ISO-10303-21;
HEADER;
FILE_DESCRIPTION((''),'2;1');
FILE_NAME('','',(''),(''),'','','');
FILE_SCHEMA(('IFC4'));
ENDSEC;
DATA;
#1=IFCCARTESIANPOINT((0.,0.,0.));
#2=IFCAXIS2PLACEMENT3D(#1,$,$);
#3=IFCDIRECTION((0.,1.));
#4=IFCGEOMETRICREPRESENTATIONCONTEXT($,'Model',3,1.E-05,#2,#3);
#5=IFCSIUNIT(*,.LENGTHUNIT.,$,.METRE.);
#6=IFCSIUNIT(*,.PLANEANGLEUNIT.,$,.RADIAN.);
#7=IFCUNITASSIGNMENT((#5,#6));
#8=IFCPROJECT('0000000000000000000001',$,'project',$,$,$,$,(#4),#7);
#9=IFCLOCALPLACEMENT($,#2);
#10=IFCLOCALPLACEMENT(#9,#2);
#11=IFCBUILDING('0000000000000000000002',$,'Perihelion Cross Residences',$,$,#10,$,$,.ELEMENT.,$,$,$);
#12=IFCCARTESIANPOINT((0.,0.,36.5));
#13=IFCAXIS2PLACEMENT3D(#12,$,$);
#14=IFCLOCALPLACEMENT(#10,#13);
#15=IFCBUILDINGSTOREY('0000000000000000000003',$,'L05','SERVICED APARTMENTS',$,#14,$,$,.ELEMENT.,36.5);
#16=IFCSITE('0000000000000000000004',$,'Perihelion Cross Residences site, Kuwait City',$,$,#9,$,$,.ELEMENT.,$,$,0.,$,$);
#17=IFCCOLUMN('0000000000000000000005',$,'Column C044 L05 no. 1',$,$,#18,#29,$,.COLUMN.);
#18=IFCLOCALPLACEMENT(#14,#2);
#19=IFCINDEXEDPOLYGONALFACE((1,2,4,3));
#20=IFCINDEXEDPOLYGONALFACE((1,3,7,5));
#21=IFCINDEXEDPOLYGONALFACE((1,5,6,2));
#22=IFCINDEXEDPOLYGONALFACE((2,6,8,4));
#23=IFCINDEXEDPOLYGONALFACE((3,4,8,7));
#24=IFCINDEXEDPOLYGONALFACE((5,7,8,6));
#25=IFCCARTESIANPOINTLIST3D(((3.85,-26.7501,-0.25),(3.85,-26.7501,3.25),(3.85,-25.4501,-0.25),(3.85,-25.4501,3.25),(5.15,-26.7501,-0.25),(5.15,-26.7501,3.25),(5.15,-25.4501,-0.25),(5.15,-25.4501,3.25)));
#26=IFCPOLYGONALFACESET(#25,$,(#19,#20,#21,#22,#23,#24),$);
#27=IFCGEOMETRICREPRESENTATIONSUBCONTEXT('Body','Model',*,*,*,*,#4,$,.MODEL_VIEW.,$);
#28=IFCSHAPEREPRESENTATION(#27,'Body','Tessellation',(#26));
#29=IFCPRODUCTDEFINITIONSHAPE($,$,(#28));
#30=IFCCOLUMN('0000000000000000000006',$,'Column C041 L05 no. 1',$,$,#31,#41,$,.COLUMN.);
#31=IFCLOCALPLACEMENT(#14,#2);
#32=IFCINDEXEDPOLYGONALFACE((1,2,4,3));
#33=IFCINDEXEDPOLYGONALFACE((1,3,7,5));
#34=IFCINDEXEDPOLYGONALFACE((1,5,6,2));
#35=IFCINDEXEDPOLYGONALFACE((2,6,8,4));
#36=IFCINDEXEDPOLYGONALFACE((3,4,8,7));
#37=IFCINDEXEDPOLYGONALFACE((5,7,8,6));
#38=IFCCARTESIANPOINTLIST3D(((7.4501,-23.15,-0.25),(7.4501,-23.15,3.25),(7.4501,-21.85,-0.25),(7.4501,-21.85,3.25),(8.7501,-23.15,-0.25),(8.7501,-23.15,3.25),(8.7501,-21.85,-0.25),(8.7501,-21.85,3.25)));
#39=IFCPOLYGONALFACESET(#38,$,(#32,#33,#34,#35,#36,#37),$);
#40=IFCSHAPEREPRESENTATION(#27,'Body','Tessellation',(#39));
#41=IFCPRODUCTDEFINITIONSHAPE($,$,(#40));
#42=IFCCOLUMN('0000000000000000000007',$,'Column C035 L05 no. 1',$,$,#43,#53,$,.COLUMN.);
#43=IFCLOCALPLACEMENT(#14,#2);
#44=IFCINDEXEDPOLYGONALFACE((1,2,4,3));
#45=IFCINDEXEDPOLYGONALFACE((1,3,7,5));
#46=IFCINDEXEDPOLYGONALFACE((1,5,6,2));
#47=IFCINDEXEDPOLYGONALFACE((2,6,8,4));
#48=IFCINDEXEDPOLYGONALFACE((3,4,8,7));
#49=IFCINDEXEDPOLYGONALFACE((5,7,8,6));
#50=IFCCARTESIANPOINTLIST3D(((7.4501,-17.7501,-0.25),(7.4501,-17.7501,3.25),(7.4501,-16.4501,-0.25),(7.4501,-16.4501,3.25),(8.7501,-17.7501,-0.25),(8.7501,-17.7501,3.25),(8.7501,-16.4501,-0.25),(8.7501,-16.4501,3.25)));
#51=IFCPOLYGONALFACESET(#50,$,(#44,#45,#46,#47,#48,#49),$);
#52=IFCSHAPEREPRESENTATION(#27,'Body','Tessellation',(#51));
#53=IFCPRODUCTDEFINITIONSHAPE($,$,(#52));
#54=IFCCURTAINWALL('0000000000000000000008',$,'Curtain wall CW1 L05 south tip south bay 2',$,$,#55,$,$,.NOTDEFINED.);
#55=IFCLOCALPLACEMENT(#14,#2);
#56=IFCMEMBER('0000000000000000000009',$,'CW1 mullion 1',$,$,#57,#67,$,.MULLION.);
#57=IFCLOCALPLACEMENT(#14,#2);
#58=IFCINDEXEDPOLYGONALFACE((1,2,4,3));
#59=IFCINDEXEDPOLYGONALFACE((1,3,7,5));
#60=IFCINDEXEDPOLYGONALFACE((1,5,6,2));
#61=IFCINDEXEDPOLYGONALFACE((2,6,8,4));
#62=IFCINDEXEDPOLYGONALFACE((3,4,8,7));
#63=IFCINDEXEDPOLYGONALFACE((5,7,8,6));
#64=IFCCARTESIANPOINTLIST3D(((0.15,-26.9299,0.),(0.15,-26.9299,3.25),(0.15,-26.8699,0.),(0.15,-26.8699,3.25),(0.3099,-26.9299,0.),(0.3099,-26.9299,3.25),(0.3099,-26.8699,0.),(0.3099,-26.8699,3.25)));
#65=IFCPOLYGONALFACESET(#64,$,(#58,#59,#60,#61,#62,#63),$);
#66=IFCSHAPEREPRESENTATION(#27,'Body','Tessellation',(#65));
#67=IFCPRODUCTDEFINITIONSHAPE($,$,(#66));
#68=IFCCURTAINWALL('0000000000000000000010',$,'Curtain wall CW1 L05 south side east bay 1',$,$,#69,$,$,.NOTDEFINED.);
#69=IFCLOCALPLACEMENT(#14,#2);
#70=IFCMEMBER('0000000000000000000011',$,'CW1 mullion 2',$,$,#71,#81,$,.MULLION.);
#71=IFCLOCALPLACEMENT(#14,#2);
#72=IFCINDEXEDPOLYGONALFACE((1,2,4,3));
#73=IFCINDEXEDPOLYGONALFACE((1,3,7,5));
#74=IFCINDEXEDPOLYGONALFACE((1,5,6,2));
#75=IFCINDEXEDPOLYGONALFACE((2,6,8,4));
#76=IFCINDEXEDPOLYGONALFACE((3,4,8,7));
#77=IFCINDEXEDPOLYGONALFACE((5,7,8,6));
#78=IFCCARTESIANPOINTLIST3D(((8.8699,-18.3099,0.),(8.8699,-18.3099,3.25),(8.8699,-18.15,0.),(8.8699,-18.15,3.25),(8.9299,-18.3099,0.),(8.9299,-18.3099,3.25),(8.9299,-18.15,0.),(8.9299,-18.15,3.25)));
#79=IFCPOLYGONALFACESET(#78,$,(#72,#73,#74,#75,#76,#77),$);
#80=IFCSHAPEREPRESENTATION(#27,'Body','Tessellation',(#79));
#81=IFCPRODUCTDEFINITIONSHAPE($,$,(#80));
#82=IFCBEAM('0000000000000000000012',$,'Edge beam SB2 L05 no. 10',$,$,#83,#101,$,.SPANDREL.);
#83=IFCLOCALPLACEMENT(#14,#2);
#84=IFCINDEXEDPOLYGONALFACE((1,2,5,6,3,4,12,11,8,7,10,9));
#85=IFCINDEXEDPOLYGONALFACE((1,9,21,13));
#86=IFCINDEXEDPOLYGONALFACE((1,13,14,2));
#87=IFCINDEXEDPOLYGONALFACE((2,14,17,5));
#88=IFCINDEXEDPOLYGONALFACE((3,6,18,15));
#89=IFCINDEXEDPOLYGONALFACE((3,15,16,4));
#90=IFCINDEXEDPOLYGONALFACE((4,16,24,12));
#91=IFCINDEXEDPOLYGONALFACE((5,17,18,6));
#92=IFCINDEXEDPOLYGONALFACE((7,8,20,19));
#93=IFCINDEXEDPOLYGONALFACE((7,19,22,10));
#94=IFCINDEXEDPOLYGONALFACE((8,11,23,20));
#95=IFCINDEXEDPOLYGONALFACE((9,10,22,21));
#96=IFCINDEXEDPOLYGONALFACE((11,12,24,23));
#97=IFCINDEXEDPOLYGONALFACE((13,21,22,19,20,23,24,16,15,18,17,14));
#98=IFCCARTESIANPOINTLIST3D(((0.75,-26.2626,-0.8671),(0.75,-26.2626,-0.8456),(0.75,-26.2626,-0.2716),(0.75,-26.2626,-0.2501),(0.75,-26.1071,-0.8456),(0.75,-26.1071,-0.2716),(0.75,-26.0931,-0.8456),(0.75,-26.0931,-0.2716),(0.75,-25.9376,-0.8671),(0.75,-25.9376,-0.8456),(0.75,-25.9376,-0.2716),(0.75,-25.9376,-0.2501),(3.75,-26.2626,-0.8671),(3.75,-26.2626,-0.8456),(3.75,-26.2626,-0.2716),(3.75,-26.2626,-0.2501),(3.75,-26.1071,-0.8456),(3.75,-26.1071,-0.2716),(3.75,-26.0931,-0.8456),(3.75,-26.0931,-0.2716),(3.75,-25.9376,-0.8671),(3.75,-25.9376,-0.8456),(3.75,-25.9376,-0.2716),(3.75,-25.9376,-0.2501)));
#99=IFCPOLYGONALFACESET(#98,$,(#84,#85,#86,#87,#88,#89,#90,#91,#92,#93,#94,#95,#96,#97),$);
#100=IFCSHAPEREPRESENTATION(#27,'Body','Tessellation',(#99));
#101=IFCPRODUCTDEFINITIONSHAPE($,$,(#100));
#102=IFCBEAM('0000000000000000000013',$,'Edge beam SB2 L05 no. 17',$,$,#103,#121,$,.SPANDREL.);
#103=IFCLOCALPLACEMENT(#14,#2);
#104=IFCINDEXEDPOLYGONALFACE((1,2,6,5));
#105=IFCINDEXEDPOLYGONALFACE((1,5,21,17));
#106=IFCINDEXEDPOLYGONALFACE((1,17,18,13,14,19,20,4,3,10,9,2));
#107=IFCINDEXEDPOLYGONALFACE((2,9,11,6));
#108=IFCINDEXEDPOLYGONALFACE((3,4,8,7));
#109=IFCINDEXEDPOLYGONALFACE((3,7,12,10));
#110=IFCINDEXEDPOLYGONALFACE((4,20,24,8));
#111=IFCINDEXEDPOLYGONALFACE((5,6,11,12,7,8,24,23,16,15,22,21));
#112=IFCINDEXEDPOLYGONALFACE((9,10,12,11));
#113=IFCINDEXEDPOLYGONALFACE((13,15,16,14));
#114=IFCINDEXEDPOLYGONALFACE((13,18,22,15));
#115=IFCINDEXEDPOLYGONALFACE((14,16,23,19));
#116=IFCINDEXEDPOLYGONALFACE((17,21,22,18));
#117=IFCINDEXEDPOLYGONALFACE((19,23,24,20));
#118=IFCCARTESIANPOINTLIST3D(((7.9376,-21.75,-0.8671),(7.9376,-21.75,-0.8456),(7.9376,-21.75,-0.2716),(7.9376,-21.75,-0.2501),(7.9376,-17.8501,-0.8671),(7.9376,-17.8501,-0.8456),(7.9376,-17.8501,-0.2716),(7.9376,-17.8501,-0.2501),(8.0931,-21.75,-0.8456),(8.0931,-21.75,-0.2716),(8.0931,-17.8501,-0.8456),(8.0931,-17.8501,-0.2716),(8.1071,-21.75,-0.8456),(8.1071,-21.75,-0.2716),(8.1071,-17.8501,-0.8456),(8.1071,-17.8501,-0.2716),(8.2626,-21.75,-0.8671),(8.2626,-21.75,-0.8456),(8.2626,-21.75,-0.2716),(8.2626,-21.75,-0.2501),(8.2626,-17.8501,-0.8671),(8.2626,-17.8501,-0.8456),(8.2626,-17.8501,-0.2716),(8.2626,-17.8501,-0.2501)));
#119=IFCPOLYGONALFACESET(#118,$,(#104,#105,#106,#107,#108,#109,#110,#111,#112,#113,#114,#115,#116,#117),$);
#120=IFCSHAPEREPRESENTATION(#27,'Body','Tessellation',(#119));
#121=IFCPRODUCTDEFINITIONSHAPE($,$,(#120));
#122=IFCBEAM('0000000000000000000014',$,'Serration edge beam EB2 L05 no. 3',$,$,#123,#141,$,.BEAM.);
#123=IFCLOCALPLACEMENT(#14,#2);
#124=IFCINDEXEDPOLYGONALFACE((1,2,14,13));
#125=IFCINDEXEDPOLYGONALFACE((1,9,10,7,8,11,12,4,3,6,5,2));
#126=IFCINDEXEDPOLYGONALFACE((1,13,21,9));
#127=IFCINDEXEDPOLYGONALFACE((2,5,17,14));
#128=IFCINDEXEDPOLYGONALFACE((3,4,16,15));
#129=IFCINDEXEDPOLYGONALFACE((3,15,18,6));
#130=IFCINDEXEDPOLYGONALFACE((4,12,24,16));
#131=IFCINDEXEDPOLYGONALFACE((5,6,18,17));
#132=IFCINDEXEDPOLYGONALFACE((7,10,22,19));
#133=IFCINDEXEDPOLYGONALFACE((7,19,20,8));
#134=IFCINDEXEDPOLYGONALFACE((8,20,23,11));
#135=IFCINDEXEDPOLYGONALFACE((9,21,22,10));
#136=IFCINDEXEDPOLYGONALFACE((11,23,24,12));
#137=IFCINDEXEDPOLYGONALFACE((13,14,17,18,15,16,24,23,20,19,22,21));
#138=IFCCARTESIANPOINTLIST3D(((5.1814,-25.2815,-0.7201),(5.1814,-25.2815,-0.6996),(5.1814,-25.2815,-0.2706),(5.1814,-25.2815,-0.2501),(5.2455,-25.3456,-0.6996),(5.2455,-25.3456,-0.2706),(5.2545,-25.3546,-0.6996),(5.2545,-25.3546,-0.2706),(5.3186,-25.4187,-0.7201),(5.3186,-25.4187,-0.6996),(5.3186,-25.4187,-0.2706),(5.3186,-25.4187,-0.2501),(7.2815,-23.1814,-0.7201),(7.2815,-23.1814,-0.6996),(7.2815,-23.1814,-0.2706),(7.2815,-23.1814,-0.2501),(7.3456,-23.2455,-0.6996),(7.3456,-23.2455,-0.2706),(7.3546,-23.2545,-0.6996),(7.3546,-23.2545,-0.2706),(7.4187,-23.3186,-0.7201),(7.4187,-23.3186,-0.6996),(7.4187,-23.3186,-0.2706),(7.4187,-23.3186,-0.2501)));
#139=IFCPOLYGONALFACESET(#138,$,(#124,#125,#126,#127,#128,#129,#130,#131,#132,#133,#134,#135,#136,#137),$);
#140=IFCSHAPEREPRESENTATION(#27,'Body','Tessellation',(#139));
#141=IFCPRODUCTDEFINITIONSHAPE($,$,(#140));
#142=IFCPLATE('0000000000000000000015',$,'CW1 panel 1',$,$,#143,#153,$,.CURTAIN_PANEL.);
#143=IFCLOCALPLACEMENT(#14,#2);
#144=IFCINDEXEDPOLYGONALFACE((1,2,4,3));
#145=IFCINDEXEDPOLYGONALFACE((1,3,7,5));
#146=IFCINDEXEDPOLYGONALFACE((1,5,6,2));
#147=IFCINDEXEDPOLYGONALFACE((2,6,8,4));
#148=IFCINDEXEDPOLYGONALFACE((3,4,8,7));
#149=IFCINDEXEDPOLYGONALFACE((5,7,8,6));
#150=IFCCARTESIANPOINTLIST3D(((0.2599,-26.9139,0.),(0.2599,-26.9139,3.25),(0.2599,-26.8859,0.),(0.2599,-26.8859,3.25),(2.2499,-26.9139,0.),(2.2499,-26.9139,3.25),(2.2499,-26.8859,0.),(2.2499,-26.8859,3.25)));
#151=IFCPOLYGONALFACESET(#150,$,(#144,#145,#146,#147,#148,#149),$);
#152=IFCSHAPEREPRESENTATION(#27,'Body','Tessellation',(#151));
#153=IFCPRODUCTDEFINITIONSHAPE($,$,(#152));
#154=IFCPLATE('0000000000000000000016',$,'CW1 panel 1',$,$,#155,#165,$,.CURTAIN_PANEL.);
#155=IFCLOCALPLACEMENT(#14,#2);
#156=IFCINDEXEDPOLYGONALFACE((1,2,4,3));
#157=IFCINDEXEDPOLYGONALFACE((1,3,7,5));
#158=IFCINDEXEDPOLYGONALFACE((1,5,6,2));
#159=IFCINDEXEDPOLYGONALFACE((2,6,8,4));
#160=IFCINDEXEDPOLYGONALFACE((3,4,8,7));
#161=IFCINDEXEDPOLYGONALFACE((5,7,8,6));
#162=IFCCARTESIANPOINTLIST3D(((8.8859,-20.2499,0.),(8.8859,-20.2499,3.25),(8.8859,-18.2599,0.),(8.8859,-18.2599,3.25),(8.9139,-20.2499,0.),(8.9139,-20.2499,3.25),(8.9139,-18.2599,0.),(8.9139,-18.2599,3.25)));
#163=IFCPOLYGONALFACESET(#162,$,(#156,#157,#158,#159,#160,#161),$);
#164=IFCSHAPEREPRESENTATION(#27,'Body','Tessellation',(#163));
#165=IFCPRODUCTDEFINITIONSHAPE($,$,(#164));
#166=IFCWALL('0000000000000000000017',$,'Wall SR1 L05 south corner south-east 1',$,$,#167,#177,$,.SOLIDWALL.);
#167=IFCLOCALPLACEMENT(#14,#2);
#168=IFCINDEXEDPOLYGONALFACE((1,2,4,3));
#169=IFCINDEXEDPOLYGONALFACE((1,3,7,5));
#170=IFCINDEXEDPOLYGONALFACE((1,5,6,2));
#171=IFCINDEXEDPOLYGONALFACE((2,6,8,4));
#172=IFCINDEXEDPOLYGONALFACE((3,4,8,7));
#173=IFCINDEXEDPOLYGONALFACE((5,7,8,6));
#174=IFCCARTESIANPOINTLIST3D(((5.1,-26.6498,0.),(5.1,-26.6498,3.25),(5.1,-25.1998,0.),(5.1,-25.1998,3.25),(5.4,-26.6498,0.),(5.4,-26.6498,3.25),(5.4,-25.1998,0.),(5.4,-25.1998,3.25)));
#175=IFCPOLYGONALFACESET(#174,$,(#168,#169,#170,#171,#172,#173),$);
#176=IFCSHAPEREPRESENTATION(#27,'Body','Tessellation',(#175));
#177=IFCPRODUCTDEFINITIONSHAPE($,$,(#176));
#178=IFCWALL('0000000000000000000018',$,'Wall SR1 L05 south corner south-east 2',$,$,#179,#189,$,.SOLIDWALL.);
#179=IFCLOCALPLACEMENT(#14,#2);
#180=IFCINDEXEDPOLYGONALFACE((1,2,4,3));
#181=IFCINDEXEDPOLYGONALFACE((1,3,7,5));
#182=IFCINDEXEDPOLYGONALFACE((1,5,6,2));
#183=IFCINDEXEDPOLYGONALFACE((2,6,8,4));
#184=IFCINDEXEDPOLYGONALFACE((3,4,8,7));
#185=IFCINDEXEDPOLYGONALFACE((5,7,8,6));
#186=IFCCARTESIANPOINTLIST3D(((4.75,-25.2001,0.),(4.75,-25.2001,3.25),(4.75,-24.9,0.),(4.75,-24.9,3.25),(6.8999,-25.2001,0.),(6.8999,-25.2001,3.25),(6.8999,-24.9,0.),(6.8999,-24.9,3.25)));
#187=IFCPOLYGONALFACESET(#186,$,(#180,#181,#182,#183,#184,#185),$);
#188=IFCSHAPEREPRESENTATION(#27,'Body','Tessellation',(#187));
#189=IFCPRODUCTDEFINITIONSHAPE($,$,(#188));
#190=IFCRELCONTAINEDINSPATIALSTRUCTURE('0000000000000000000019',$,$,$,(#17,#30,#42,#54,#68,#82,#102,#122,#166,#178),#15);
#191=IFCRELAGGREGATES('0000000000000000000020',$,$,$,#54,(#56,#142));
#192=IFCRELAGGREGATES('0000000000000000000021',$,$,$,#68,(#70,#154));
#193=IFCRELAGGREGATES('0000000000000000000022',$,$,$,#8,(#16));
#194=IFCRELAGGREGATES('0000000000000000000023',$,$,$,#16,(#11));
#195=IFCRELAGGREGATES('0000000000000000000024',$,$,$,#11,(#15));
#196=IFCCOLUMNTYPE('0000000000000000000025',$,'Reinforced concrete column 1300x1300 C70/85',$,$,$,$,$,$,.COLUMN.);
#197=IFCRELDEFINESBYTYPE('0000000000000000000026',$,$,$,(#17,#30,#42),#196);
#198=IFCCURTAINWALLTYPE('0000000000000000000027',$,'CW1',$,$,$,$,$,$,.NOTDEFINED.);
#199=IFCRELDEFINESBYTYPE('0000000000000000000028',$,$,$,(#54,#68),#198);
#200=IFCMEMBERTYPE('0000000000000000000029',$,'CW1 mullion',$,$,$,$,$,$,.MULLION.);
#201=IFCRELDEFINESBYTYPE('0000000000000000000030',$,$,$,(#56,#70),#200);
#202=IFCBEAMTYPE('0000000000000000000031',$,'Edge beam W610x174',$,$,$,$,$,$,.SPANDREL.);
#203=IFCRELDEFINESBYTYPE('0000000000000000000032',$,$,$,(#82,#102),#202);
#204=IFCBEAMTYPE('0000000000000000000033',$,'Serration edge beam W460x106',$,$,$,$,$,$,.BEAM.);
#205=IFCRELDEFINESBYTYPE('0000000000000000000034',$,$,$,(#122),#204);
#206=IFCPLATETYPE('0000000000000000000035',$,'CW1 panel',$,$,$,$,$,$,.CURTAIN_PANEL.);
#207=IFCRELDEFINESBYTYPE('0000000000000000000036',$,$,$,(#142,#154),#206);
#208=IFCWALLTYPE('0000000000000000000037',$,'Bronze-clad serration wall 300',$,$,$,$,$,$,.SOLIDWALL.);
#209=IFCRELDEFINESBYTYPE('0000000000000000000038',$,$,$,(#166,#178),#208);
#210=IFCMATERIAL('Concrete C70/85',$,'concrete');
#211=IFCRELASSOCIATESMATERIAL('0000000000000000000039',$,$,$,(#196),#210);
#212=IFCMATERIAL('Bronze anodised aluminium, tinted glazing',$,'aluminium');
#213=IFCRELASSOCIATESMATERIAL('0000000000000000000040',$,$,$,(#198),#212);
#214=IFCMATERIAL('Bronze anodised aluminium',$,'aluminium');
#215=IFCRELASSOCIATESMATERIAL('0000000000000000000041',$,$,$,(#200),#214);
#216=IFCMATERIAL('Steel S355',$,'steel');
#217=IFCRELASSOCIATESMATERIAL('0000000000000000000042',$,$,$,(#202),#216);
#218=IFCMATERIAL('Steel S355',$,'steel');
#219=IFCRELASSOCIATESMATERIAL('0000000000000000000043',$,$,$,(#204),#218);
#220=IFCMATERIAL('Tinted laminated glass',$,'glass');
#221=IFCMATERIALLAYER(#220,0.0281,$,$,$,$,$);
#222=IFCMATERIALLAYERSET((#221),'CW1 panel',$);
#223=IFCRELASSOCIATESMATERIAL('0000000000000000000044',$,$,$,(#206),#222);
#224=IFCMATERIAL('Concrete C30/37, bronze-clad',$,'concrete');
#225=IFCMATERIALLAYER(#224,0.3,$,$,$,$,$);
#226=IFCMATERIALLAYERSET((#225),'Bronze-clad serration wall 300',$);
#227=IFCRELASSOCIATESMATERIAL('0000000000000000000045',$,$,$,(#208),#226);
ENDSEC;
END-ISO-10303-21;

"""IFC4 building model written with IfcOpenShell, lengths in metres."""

from ifc_helpers import new_model, si_unit, direction, frame, frame_2d, origin, origin_2d, place, context, subcontext, project, spatial, rectangle, i_section, extrude, material, layer, layer_set, material_profile, profile_set, type_object, element, aggregate, save


model = new_model("IFC4")

# Units and contexts
model_context = context("Model", 3, precision=1e-05, world=origin(), true_north=direction((0.0, 1.0)))
body_context = subcontext(model_context, "Body", "Model", "MODEL_VIEW")
ifc_project = project(units=[si_unit("LENGTHUNIT", "METRE"), si_unit("PLANEANGLEUNIT", "RADIAN")], contexts=[model_context])

# Site, building, storey
site_placement = place(None, origin())
site = spatial("IfcSite", under=ifc_project, at=site_placement, Name="Perihelion Cross Residences site, Kuwait City", CompositionType="ELEMENT", RefElevation=0.0)
building_placement = place(site_placement, origin())
building = spatial("IfcBuilding", under=site, at=building_placement, Name="Perihelion Cross Residences", CompositionType="ELEMENT")
storey_placement = place(building_placement, frame((0.0, 0.0, 36.5)))
storey = spatial("IfcBuildingStorey", under=building, at=storey_placement, Name="L05", Description="SERVICED APARTMENTS", CompositionType="ELEMENT", Elevation=36.5)

# Columns
ifc_material_1 = material(Name="Concrete C70/85", Category="concrete")
ifc_material_profile_1 = material_profile(ifc_material_1, rectangle(XDim=1.3, YDim=1.3, at=origin_2d()), Name="RC 1300x1300")
ifc_profile_set_1 = profile_set([ifc_material_profile_1], Name="Concrete C70/85")
column_type = type_object("IfcColumnType", Name="Reinforced concrete column 1300x1300 C70/85", PredefinedType="COLUMN", material=ifc_profile_set_1)
for number, where, z_axis, x_axis, name in (
    (1, (4.5, -26.1001, -0.25), (0.0, 0.0, 1.0), (1.0, 0.0, 0.0), "Column C044 L05 no. 1"),
    (2, (8.1001, -22.5, -0.25), (0.0, 0.0, 1.0), (1.0, 0.0, 0.0), "Column C041 L05 no. 1"),
    (3, (8.1001, -17.1001, -0.25), (0.0, 0.0, 1.0), (1.0, 0.0, 0.0), "Column C035 L05 no. 1"),
):
    element("IfcColumn", number, at=place(storey_placement, frame(where, z_axis=z_axis, x_axis=x_axis)), inside=storey, type_object=column_type, Name=name, PredefinedType="COLUMN", context=body_context, shape_type="SweptSolid", body=[
        extrude(rectangle(XDim=1.3, YDim=1.3, at=origin_2d()), origin(), (0.0, 0.0, 1.0), 3.5),
    ])

# Curtain walls, members
ifc_material_2 = material(Name="Bronze anodised aluminium, tinted glazing", Category="aluminium")
curtain_wall_type = type_object("IfcCurtainWallType", Name="CW1", PredefinedType="NOTDEFINED", material=ifc_material_2)
curtain_wall_1_placement = place(storey_placement, origin())
curtain_wall_1 = element("IfcCurtainWall", 4, at=curtain_wall_1_placement, inside=storey, type_object=curtain_wall_type, Name="Curtain wall CW1 L05 south tip south bay 2", PredefinedType="NOTDEFINED")
ifc_material_3 = material(Name="Bronze anodised aluminium", Category="aluminium")
ifc_material_profile_2 = material_profile(ifc_material_3, rectangle(XDim=0.0601, YDim=0.1599, at=origin_2d()), Name="CW1 mullion")
ifc_profile_set_2 = profile_set([ifc_material_profile_2], Name="Bronze anodised aluminium")
member_type = type_object("IfcMemberType", Name="CW1 mullion", PredefinedType="MULLION", material=ifc_profile_set_2)
member_1_placement = place(storey_placement, frame((0.23, -26.8999, 0.0), z_axis=(0.0, 0.0, 1.0), x_axis=(0.0, 1.0, 0.0)))
member_1 = element("IfcMember", 5, at=member_1_placement, type_object=member_type, Name="CW1 mullion 1", PredefinedType="MULLION", context=body_context, shape_type="SweptSolid", body=[
    extrude(rectangle(XDim=0.0601, YDim=0.1599, at=origin_2d()), origin(), (0.0, 0.0, 1.0), 3.25),
])
curtain_wall_2_placement = place(storey_placement, origin())
curtain_wall_2 = element("IfcCurtainWall", 6, at=curtain_wall_2_placement, inside=storey, type_object=curtain_wall_type, Name="Curtain wall CW1 L05 south side east bay 1", PredefinedType="NOTDEFINED")
member_2_placement = place(storey_placement, frame((8.8999, -18.23, 0.0), z_axis=(0.0, 0.0, 1.0), x_axis=(-1.0, 0.0, 0.0)))
member_2 = element("IfcMember", 7, at=member_2_placement, type_object=member_type, Name="CW1 mullion 2", PredefinedType="MULLION", context=body_context, shape_type="SweptSolid", body=[
    extrude(rectangle(XDim=0.0601, YDim=0.1599, at=origin_2d()), origin(), (0.0, 0.0, 1.0), 3.25),
])

# Beams
ifc_material_4 = material(Name="Steel S355", Category="steel")
ifc_material_profile_3 = material_profile(ifc_material_4, i_section(OverallWidth=0.325, OverallDepth=0.6169, WebThickness=0.0139, FlangeThickness=0.0215, at=origin_2d()), Name="W610x174")
ifc_profile_set_3 = profile_set([ifc_material_profile_3], Name="Steel S355")
beam_type_1 = type_object("IfcBeamType", Name="Edge beam W610x174", PredefinedType="SPANDREL", material=ifc_profile_set_3)
beam_1_placement = place(storey_placement, frame((0.75, -26.1001, -0.5586), z_axis=(1.0, 0.0, 0.0), x_axis=(0.0, 1.0, 0.0)))
element("IfcBeam", 8, at=beam_1_placement, inside=storey, type_object=beam_type_1, Name="Edge beam SB2 L05 no. 10", PredefinedType="SPANDREL", context=body_context, shape_type="SweptSolid", body=[
    extrude(i_section(OverallWidth=0.325, OverallDepth=0.6169, WebThickness=0.0139, FlangeThickness=0.0215, at=origin_2d()), origin(), (0.0, 0.0, 1.0), 3.0),
])
beam_2_placement = place(storey_placement, frame((8.1001, -21.75, -0.5586), z_axis=(0.0, 1.0, 0.0), x_axis=(-1.0, 0.0, 0.0)))
element("IfcBeam", 9, at=beam_2_placement, inside=storey, type_object=beam_type_1, Name="Edge beam SB2 L05 no. 17", PredefinedType="SPANDREL", context=body_context, shape_type="SweptSolid", body=[
    extrude(i_section(OverallWidth=0.325, OverallDepth=0.6169, WebThickness=0.0139, FlangeThickness=0.0215, at=origin_2d()), origin(), (0.0, 0.0, 1.0), 3.8999),
])
ifc_material_5 = material(Name="Steel S355", Category="steel")
ifc_material_profile_4 = material_profile(ifc_material_5, i_section(OverallWidth=0.1941, OverallDepth=0.47, WebThickness=0.0127, FlangeThickness=0.0205, at=origin_2d()), Name="W460x106")
ifc_profile_set_4 = profile_set([ifc_material_profile_4], Name="Steel S355")
beam_type_2 = type_object("IfcBeamType", Name="Serration edge beam W460x106", PredefinedType="BEAM", material=ifc_profile_set_4)
beam_3_placement = place(storey_placement, frame((5.25, -25.3501, -0.4851), z_axis=(0.707107, 0.707107, 0.0), x_axis=(-0.707107, 0.707107, 0.0)))
element("IfcBeam", 10, at=beam_3_placement, inside=storey, type_object=beam_type_2, Name="Serration edge beam EB2 L05 no. 3", PredefinedType="BEAM", context=body_context, shape_type="SweptSolid", body=[
    extrude(i_section(OverallWidth=0.1941, OverallDepth=0.47, WebThickness=0.0127, FlangeThickness=0.0205, at=origin_2d()), origin(), (0.0, 0.0, 1.0), 2.97),
])

# Plates
ifc_material_6 = material(Name="Tinted laminated glass", Category="glass")
ifc_layer_1 = layer(ifc_material_6, 0.0281)
ifc_layer_set_1 = layer_set([ifc_layer_1], Name="CW1 panel")
plate_type = type_object("IfcPlateType", Name="CW1 panel", PredefinedType="CURTAIN_PANEL", material=ifc_layer_set_1)
plate_1_placement = place(storey_placement, frame((1.2549, -26.8999, 0.0), z_axis=(0.0, 0.0, 1.0), x_axis=(1.0, 0.0, 0.0)))
plate_1 = element("IfcPlate", 11, at=plate_1_placement, type_object=plate_type, Name="CW1 panel 1", PredefinedType="CURTAIN_PANEL", context=body_context, shape_type="SweptSolid", body=[
    extrude(rectangle(XDim=1.99, YDim=0.0281, at=origin_2d()), origin(), (0.0, 0.0, 1.0), 3.25),
])
aggregate(curtain_wall_1, [member_1, plate_1])
plate_2_placement = place(storey_placement, frame((8.8999, -19.2549, 0.0), z_axis=(0.0, 0.0, 1.0), x_axis=(0.0, 1.0, 0.0)))
plate_2 = element("IfcPlate", 12, at=plate_2_placement, type_object=plate_type, Name="CW1 panel 1", PredefinedType="CURTAIN_PANEL", context=body_context, shape_type="SweptSolid", body=[
    extrude(rectangle(XDim=1.99, YDim=0.0281, at=origin_2d()), origin(), (0.0, 0.0, 1.0), 3.25),
])
aggregate(curtain_wall_2, [member_2, plate_2])

# Walls
ifc_material_7 = material(Name="Concrete C30/37, bronze-clad", Category="concrete")
ifc_layer_2 = layer(ifc_material_7, 0.3)
ifc_layer_set_2 = layer_set([ifc_layer_2], Name="Bronze-clad serration wall 300")
wall_type_1 = type_object("IfcWallType", Name="Bronze-clad serration wall 300", PredefinedType="SOLIDWALL", material=ifc_layer_set_2)
wall_1_placement = place(storey_placement, frame((5.25, -26.6499, 0.0), z_axis=(0.0, 0.0, 1.0), x_axis=(0.0, 1.0, 0.0)))
element("IfcWall", 13, at=wall_1_placement, inside=storey, type_object=wall_type_1, Name="Wall SR1 L05 south corner south-east 1", PredefinedType="SOLIDWALL", context=body_context, shape_type="SweptSolid", body=[
    extrude(rectangle(XDim=1.45, YDim=0.3, at=frame_2d((0.7251, 0.0))), origin(), (0.0, 0.0, 1.0), 3.25),
])
wall_2_placement = place(storey_placement, frame((4.75, -25.05, 0.0), z_axis=(0.0, 0.0, 1.0), x_axis=(1.0, 0.0, 0.0)))
element("IfcWall", 14, at=wall_2_placement, inside=storey, type_object=wall_type_1, Name="Wall SR1 L05 south corner south-east 2", PredefinedType="SOLIDWALL", context=body_context, shape_type="SweptSolid", body=[
    extrude(rectangle(XDim=2.1499, YDim=0.3, at=frame_2d((1.075, 0.0))), origin(), (0.0, 0.0, 1.0), 3.25),
])

save(model, "model.ifc")
